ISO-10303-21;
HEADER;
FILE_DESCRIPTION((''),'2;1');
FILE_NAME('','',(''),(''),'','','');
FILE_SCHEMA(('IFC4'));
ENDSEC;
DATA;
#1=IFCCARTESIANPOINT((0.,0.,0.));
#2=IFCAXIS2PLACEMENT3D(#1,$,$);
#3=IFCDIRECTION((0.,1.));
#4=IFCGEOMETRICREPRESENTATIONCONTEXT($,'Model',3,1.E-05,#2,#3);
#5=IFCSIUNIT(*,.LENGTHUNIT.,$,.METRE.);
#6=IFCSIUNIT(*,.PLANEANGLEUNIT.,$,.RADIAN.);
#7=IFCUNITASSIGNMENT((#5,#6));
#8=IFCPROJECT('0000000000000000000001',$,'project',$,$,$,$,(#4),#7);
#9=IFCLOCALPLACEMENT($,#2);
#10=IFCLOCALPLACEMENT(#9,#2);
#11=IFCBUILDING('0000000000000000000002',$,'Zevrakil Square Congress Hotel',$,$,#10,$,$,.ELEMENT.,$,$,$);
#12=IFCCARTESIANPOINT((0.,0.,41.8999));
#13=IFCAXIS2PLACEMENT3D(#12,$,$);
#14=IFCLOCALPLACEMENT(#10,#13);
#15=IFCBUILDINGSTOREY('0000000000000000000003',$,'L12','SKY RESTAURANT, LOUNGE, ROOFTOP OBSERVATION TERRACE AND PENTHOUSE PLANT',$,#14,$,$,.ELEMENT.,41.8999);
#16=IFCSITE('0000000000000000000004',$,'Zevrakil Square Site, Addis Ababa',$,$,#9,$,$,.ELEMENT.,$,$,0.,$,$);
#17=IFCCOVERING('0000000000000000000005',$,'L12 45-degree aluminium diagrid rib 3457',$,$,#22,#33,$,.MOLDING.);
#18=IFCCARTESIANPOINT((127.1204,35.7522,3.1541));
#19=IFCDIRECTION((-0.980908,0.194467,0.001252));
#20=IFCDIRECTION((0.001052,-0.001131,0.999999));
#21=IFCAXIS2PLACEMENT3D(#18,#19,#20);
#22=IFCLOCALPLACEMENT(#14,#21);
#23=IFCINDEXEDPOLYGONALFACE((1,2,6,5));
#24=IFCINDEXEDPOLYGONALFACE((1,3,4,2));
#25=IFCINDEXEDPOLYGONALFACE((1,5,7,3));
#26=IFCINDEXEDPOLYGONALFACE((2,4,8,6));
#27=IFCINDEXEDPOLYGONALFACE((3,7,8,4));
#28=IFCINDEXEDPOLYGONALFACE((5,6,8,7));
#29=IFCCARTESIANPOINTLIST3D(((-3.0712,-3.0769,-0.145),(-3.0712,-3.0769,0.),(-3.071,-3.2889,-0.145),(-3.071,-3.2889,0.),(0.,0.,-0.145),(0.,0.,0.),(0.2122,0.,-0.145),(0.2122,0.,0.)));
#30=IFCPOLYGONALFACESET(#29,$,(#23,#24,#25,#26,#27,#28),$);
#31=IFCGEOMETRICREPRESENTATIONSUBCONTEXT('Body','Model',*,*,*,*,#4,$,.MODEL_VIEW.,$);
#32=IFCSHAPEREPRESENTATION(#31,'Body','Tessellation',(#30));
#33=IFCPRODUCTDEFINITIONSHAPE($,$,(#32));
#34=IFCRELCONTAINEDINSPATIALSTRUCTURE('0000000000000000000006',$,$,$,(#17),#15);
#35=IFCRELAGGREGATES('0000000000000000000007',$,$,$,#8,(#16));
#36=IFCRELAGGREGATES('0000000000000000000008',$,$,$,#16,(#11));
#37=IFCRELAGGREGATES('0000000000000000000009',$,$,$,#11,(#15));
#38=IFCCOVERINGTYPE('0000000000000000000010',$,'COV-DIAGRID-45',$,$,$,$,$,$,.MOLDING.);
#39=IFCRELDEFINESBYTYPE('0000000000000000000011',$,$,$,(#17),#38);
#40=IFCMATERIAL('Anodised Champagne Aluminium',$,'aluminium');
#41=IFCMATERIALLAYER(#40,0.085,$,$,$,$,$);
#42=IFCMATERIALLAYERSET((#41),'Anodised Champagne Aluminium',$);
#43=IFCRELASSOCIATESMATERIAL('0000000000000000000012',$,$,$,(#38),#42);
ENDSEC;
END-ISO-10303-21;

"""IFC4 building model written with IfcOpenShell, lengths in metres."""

from ifc_helpers import new_model, si_unit, direction, frame, origin, place, context, subcontext, project, spatial, polyline, outline, extrude, material, layer, layer_set, type_object, element, save


model = new_model("IFC4")

# Units and contexts
model_context = context("Model", 3, precision=1e-05, world=origin(), true_north=direction((0.0, 1.0)))
body_context = subcontext(model_context, "Body", "Model", "MODEL_VIEW")
ifc_project = project(units=[si_unit("LENGTHUNIT", "METRE"), si_unit("PLANEANGLEUNIT", "RADIAN")], contexts=[model_context])

# Site, building, storey
site_placement = place(None, origin())
site = spatial("IfcSite", under=ifc_project, at=site_placement, Name="Zevrakil Square Site, Addis Ababa", CompositionType="ELEMENT", RefElevation=0.0)
building_placement = place(site_placement, origin())
building = spatial("IfcBuilding", under=site, at=building_placement, Name="Zevrakil Square Congress Hotel", CompositionType="ELEMENT")
storey_placement = place(building_placement, frame((0.0, 0.0, 41.8999)))
storey = spatial("IfcBuildingStorey", under=building, at=storey_placement, Name="L12", Description="SKY RESTAURANT, LOUNGE, ROOFTOP OBSERVATION TERRACE AND PENTHOUSE PLANT", CompositionType="ELEMENT", Elevation=41.8999)

# Covering
ifc_material_1 = material(Name="Anodised Champagne Aluminium", Category="aluminium")
ifc_layer_1 = layer(ifc_material_1, 0.085)
ifc_layer_set_1 = layer_set([ifc_layer_1], Name="Anodised Champagne Aluminium")
covering_type_1 = type_object("IfcCoveringType", Name="COV-DIAGRID-45", PredefinedType="MOLDING", material=ifc_layer_set_1)
covering_1_placement = place(storey_placement, frame((127.1204, 35.7522, 3.1541), z_axis=(-0.980908, 0.194467, 0.001252), x_axis=(0.001052, -0.001131, 0.999999)))
element("IfcCovering", 1, at=covering_1_placement, inside=storey, type_object=covering_type_1, Name="L12 45-degree aluminium diagrid rib 3457", PredefinedType="MOLDING", context=body_context, shape_type="SweptSolid", body=[
    extrude(outline(polyline([(0.0, 0.0), (0.2122, 0.0), (-3.071, -3.2889), (-3.0712, -3.0769), (0.0, 0.0)])), origin(), (0.0, 0.0, -1.0), 0.145),
])

save(model, "model.ifc")
